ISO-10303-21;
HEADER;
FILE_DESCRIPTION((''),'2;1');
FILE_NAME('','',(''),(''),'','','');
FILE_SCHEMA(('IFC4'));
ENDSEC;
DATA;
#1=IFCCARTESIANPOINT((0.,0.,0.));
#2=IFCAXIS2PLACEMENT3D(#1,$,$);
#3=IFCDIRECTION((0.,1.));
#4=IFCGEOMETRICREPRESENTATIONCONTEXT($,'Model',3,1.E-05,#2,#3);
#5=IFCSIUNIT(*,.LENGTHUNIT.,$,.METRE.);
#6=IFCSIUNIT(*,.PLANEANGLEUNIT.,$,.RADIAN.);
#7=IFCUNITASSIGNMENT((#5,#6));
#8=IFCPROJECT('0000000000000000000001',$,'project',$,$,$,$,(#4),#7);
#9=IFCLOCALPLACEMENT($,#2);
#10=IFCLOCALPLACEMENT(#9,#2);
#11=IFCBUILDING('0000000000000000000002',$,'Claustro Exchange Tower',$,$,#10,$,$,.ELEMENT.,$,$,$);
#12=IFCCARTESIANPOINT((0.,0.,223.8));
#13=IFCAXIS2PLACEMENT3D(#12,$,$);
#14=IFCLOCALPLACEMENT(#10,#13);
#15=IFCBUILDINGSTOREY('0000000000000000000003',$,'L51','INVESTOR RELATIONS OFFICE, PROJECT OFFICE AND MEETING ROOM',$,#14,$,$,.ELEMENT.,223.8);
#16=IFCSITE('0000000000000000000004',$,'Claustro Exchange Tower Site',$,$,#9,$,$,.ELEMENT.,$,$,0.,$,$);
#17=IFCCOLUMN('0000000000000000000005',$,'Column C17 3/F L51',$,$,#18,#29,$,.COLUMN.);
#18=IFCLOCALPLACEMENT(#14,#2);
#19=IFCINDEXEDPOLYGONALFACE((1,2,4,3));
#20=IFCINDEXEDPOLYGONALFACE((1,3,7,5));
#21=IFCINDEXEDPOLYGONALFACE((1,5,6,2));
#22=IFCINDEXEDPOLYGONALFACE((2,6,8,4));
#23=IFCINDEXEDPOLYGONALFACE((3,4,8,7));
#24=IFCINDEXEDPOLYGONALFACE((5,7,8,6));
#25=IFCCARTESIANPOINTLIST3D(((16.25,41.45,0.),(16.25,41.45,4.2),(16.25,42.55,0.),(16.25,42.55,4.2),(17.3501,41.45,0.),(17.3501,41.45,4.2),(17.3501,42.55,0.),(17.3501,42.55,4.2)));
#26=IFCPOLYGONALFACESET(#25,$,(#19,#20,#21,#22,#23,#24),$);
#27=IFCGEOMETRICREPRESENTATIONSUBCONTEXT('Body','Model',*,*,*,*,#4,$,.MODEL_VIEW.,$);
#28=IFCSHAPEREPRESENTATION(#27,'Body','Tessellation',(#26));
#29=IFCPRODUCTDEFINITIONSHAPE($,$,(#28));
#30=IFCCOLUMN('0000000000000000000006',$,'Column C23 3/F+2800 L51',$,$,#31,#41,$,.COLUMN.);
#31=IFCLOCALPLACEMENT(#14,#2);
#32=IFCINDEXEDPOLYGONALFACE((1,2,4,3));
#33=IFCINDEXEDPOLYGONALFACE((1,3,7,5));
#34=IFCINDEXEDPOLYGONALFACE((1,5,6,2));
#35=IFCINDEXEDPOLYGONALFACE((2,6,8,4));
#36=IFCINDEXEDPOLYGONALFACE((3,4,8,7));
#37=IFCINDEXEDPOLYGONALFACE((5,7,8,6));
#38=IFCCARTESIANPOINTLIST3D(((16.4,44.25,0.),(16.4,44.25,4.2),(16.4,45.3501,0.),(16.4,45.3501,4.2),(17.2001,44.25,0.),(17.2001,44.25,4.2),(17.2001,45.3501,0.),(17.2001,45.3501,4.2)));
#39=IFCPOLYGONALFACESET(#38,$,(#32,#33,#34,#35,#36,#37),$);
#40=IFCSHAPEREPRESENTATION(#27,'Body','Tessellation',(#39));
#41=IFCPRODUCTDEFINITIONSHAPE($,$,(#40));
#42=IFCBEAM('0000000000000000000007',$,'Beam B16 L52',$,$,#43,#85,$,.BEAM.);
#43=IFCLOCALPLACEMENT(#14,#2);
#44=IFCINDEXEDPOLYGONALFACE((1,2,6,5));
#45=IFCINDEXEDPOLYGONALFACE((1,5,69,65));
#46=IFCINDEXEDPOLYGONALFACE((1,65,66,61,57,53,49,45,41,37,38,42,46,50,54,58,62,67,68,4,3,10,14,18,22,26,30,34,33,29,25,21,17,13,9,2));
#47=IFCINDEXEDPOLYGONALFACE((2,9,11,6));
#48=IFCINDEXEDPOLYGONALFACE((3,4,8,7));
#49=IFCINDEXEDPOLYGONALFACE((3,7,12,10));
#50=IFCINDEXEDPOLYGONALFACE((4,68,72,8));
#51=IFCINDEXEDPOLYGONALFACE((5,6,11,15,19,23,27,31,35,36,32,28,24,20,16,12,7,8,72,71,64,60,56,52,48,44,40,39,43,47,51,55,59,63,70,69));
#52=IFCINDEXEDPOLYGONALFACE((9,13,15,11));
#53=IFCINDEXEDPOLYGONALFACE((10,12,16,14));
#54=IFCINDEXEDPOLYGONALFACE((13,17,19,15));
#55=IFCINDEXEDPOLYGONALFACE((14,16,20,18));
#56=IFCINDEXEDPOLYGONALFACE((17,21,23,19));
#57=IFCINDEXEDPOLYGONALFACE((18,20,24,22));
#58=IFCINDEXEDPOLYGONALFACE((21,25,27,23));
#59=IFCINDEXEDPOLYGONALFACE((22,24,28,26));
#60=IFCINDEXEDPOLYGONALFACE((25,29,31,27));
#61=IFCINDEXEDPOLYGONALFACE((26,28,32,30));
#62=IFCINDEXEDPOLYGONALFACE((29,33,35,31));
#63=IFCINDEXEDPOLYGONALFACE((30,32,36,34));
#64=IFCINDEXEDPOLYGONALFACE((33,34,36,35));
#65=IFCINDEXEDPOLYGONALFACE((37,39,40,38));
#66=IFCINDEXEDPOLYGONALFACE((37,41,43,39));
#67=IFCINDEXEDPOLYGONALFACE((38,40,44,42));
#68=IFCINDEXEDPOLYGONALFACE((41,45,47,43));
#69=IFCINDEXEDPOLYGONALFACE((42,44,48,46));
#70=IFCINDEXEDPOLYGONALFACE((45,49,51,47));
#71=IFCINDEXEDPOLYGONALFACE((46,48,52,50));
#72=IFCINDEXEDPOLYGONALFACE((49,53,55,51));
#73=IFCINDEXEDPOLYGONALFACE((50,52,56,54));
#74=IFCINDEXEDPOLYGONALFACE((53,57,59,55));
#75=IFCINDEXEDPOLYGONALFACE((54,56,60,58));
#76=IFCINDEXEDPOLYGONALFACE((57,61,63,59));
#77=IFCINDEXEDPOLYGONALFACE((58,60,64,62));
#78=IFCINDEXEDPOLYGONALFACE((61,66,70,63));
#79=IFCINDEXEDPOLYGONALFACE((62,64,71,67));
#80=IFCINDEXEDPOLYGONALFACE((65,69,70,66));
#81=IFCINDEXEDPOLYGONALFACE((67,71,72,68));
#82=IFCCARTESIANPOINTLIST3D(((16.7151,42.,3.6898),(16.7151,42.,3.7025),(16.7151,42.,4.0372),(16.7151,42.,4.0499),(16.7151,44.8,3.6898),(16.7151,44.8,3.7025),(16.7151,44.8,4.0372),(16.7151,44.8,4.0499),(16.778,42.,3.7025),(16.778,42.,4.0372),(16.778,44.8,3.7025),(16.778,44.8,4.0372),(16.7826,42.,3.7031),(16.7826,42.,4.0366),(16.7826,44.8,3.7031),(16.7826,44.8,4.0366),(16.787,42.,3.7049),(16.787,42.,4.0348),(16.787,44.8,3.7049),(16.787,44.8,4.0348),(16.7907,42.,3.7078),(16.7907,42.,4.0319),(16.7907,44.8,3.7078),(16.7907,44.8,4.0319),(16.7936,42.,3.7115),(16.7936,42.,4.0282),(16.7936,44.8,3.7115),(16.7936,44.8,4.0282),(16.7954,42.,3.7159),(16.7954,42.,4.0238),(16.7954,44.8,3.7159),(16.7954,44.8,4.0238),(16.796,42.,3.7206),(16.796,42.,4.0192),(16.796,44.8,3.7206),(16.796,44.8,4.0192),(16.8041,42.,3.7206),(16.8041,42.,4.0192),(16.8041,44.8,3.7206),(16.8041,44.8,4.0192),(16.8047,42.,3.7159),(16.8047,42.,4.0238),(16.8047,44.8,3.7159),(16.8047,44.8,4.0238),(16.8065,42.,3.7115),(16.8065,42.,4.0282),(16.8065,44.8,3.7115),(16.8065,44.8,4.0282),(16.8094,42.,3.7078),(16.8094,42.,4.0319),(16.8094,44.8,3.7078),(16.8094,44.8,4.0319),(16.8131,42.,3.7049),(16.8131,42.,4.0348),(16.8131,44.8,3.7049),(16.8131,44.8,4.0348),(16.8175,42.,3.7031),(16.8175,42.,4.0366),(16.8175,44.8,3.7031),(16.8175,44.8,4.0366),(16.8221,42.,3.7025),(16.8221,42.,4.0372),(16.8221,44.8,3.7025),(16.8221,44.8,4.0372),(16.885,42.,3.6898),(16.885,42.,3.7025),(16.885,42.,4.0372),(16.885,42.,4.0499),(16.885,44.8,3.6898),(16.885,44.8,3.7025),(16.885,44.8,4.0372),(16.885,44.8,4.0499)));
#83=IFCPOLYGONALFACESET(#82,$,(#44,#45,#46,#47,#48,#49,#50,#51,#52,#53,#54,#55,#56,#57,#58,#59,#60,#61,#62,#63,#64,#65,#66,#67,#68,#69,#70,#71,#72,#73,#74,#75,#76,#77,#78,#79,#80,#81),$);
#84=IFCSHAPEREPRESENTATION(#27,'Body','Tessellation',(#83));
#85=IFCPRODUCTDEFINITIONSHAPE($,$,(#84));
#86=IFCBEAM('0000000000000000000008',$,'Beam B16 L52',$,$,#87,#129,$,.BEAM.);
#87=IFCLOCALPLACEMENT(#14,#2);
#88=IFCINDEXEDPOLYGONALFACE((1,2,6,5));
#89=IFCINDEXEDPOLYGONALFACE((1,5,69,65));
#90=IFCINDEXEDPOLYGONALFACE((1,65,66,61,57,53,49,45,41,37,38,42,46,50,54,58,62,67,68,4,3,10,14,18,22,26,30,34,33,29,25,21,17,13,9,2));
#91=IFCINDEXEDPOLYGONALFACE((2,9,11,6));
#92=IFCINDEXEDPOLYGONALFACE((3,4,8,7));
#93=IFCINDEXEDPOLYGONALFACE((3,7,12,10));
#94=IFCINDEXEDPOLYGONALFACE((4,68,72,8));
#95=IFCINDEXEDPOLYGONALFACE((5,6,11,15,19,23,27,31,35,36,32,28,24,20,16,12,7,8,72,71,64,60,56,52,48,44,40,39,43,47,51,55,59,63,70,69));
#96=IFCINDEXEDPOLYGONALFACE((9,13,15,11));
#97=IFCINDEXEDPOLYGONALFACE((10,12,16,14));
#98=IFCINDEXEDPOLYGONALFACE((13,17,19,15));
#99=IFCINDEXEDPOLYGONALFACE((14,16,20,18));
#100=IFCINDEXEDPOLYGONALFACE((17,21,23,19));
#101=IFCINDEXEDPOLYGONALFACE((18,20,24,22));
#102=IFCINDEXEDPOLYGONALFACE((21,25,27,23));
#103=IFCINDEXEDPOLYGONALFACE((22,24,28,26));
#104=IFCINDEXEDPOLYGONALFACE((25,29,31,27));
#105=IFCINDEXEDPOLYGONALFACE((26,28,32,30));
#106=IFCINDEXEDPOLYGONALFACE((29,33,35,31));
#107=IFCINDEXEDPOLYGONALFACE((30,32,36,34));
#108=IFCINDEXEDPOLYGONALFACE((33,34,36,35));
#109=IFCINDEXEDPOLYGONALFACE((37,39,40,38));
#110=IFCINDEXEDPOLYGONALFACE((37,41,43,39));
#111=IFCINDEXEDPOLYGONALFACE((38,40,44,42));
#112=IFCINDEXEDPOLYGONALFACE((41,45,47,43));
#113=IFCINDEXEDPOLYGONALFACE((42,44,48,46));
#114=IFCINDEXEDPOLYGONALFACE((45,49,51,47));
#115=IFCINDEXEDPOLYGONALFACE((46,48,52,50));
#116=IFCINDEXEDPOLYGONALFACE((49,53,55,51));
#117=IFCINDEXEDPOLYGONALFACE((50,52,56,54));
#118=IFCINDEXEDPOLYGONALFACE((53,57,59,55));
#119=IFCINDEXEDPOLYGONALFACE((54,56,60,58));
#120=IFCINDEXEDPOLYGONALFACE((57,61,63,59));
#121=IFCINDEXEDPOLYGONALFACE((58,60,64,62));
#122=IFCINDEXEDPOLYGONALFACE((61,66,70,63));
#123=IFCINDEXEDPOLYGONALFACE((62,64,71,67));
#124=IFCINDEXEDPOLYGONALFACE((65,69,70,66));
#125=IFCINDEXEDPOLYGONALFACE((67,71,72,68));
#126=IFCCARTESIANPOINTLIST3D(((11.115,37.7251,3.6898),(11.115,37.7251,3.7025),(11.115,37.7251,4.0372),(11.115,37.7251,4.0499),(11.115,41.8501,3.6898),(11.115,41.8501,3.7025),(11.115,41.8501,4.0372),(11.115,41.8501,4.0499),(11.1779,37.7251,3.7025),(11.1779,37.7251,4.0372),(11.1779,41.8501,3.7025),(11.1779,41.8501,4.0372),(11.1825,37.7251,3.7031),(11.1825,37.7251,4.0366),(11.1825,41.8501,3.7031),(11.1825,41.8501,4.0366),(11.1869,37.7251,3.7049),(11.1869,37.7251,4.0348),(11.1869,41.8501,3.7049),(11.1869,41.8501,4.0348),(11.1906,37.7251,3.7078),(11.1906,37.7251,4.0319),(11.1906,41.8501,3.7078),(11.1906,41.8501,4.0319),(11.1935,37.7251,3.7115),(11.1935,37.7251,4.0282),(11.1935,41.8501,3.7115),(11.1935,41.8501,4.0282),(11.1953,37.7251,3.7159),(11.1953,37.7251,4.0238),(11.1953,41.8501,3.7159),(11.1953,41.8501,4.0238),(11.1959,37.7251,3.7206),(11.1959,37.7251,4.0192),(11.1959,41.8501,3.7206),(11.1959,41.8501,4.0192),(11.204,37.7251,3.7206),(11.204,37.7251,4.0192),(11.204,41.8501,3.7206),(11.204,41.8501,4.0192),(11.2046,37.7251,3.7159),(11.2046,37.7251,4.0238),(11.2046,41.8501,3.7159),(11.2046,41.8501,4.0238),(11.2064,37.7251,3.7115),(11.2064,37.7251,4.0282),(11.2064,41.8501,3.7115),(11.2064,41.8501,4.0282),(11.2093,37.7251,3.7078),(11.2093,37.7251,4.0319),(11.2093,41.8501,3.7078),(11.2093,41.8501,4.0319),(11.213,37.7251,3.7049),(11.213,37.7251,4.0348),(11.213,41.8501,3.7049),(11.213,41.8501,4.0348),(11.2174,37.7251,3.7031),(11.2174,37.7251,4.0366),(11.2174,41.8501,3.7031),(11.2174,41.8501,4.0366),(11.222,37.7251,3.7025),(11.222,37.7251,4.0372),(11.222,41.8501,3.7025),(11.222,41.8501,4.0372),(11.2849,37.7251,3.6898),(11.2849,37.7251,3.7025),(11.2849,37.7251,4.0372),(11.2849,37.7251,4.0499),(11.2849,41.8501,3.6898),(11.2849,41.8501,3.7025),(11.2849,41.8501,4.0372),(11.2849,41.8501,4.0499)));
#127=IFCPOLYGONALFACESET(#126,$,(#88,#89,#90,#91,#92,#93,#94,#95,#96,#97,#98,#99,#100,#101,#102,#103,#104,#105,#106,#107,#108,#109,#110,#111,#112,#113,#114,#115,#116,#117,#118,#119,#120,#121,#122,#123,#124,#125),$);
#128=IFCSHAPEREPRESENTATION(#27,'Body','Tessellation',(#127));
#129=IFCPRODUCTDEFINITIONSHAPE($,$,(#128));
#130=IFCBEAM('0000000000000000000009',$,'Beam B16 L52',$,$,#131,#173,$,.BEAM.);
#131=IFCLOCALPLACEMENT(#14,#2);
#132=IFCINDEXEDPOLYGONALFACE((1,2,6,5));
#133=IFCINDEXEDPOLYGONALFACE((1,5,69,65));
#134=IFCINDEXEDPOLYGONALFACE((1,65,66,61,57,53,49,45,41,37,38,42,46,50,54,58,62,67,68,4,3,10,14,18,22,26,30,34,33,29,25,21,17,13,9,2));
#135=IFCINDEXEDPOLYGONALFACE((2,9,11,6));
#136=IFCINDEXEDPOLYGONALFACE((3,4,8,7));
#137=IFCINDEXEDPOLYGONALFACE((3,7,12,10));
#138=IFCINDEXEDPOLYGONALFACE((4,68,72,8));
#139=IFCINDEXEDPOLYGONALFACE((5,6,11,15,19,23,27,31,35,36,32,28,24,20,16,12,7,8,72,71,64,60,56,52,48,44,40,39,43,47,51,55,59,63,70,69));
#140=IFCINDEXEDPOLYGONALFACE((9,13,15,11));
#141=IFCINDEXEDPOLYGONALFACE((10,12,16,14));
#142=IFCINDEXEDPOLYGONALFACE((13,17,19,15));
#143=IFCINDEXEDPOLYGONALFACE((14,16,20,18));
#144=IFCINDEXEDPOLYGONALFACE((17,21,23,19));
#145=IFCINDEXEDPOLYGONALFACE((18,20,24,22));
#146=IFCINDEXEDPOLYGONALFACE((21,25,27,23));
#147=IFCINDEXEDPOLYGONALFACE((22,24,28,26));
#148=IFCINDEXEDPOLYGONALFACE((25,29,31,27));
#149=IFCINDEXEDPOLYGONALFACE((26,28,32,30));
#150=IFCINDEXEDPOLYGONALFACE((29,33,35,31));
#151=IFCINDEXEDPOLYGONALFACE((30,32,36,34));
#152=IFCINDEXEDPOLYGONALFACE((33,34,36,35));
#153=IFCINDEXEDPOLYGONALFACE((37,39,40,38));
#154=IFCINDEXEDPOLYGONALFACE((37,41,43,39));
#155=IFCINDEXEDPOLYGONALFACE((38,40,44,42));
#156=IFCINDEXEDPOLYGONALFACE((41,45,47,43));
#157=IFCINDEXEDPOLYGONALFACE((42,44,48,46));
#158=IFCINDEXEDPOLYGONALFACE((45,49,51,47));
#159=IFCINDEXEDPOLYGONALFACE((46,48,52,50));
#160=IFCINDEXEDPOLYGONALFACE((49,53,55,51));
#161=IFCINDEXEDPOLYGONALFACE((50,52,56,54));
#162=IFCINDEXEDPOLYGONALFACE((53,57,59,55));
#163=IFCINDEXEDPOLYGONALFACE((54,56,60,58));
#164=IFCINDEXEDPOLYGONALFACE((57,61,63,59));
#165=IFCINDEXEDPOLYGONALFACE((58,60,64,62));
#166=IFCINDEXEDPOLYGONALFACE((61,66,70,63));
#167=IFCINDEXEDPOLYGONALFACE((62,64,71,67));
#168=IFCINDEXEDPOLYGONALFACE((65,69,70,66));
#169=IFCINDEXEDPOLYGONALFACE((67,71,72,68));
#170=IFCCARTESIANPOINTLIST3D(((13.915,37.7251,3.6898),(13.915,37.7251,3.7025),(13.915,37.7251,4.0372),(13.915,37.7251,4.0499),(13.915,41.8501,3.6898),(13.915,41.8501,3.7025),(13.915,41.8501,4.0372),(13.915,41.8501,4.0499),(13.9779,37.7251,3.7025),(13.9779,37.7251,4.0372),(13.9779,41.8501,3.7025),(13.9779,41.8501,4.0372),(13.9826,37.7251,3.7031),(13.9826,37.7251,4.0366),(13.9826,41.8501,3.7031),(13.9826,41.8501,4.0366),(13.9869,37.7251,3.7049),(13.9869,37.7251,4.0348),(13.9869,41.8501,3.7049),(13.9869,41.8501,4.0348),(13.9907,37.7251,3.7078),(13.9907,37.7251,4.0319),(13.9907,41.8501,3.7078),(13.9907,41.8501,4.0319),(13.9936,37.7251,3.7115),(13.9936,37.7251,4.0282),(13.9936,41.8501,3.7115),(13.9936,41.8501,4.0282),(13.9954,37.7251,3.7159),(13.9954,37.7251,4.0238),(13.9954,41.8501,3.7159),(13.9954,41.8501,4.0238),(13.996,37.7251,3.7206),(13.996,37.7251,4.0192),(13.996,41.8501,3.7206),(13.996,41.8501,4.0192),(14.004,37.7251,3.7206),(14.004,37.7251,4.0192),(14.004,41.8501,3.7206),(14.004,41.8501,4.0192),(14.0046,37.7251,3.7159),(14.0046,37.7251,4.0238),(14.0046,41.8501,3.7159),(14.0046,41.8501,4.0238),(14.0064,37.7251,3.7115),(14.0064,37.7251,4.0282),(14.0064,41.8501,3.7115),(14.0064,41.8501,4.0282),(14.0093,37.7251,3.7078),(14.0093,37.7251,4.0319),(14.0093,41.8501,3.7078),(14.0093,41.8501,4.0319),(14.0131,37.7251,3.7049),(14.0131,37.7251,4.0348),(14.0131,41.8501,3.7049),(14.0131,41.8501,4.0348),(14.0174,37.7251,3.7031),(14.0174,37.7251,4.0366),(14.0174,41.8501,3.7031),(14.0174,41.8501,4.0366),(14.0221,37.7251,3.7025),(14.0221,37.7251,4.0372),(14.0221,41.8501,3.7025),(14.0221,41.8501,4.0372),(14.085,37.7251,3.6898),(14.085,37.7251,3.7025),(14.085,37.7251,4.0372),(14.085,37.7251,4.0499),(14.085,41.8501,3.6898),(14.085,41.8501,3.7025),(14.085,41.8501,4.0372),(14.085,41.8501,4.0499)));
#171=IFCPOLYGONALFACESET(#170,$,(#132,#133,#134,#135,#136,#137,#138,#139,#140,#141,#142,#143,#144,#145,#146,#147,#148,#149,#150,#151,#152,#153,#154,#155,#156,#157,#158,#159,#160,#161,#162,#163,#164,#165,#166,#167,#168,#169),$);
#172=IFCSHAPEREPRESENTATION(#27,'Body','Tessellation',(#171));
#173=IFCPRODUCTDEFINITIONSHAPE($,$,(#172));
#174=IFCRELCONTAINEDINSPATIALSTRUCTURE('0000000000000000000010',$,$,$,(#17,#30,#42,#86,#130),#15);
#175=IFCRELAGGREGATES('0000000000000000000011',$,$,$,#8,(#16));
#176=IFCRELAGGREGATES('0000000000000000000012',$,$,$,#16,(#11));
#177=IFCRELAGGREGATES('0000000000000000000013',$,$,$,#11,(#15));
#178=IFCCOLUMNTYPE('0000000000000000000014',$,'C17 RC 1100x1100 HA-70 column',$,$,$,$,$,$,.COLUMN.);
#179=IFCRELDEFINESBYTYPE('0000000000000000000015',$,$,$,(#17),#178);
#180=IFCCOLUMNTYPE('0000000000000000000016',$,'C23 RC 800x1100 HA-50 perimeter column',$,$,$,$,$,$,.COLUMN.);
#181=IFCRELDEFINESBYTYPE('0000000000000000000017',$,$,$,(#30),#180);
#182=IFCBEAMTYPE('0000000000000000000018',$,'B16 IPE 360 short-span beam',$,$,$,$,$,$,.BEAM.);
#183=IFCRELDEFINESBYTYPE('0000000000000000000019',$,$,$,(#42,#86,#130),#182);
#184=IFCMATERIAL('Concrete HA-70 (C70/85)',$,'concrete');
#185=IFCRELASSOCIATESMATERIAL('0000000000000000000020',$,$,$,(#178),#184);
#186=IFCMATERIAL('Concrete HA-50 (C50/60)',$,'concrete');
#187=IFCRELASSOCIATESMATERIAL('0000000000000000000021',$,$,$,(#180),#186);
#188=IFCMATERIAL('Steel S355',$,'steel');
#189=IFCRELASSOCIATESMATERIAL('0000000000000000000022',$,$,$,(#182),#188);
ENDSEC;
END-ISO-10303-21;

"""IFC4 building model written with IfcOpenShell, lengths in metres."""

from ifc_helpers import new_model, si_unit, direction, frame, origin, origin_2d, place, context, subcontext, project, spatial, rectangle, i_section, extrude, material, material_profile, profile_set, type_object, element, save


model = new_model("IFC4")

# Units and contexts
model_context = context("Model", 3, precision=1e-05, world=origin(), true_north=direction((0.0, 1.0)))
body_context = subcontext(model_context, "Body", "Model", "MODEL_VIEW")
ifc_project = project(units=[si_unit("LENGTHUNIT", "METRE"), si_unit("PLANEANGLEUNIT", "RADIAN")], contexts=[model_context])

# Site, building, storey
site_placement = place(None, origin())
site = spatial("IfcSite", under=ifc_project, at=site_placement, Name="Claustro Exchange Tower Site", CompositionType="ELEMENT", RefElevation=0.0)
building_placement = place(site_placement, origin())
building = spatial("IfcBuilding", under=site, at=building_placement, Name="Claustro Exchange Tower", CompositionType="ELEMENT")
storey_placement = place(building_placement, frame((0.0, 0.0, 223.8)))
storey = spatial("IfcBuildingStorey", under=building, at=storey_placement, Name="L51", Description="INVESTOR RELATIONS OFFICE, PROJECT OFFICE AND MEETING ROOM", CompositionType="ELEMENT", Elevation=223.8)

# Columns
ifc_material_1 = material(Name="Concrete HA-70 (C70/85)", Category="concrete")
ifc_material_profile_1 = material_profile(ifc_material_1, rectangle(XDim=1.1001, YDim=1.1001, at=origin_2d()), Name="RC 1100x1100")
ifc_profile_set_1 = profile_set([ifc_material_profile_1], Name="Concrete HA-70 (C70/85)")
column_type_1 = type_object("IfcColumnType", Name="C17 RC 1100x1100 HA-70 column", PredefinedType="COLUMN", material=ifc_profile_set_1)
column_1_placement = place(storey_placement, frame((16.8, 42.0, 0.0), z_axis=(0.0, 0.0, 1.0), x_axis=(1.0, 0.0, 0.0)))
element("IfcColumn", 1, at=column_1_placement, inside=storey, type_object=column_type_1, Name="Column C17 3/F L51", PredefinedType="COLUMN", context=body_context, shape_type="SweptSolid", body=[
    extrude(rectangle(XDim=1.1001, YDim=1.1001, at=origin_2d()), origin(), (0.0, 0.0, 1.0), 4.2),
])
ifc_material_2 = material(Name="Concrete HA-50 (C50/60)", Category="concrete")
ifc_material_profile_2 = material_profile(ifc_material_2, rectangle(XDim=0.8, YDim=1.1001, at=origin_2d()), Name="RC 800x1100")
ifc_profile_set_2 = profile_set([ifc_material_profile_2], Name="Concrete HA-50 (C50/60)")
column_type_2 = type_object("IfcColumnType", Name="C23 RC 800x1100 HA-50 perimeter column", PredefinedType="COLUMN", material=ifc_profile_set_2)
column_2_placement = place(storey_placement, frame((16.8, 44.8, 0.0), z_axis=(0.0, 0.0, 1.0), x_axis=(1.0, 0.0, 0.0)))
element("IfcColumn", 2, at=column_2_placement, inside=storey, type_object=column_type_2, Name="Column C23 3/F+2800 L51", PredefinedType="COLUMN", context=body_context, shape_type="SweptSolid", body=[
    extrude(rectangle(XDim=0.8, YDim=1.1001, at=origin_2d()), origin(), (0.0, 0.0, 1.0), 4.2),
])

# Beams
ifc_material_3 = material(Name="Steel S355", Category="steel")
ifc_material_profile_3 = material_profile(ifc_material_3, i_section(OverallWidth=0.1699, OverallDepth=0.3601, WebThickness=0.0081, FlangeThickness=0.0127, FilletRadius=0.0181, at=origin_2d()), Name="IPE 360")
ifc_profile_set_3 = profile_set([ifc_material_profile_3], Name="Steel S355")
beam_type_1 = type_object("IfcBeamType", Name="B16 IPE 360 short-span beam", PredefinedType="BEAM", material=ifc_profile_set_3)
beam_1_placement = place(storey_placement, frame((16.8, 42.0, 3.8699), z_axis=(0.0, 1.0, 0.0), x_axis=(-1.0, 0.0, 0.0)))
element("IfcBeam", 3, at=beam_1_placement, inside=storey, type_object=beam_type_1, Name="Beam B16 L52", PredefinedType="BEAM", context=body_context, shape_type="SweptSolid", body=[
    extrude(i_section(OverallWidth=0.1699, OverallDepth=0.3601, WebThickness=0.0081, FlangeThickness=0.0127, FilletRadius=0.0181, at=origin_2d()), origin(), (0.0, 0.0, 1.0), 2.8),
])
for number, where, z_axis, x_axis, name in (
    (4, (11.2, 37.7251, 3.8699), (0.0, 1.0, 0.0), (-1.0, 0.0, 0.0), "Beam B16 L52"),
    (5, (14.0, 37.7251, 3.8699), (0.0, 1.0, 0.0), (-1.0, 0.0, 0.0), "Beam B16 L52"),
):
    element("IfcBeam", number, at=place(storey_placement, frame(where, z_axis=z_axis, x_axis=x_axis)), inside=storey, type_object=beam_type_1, Name=name, PredefinedType="BEAM", context=body_context, shape_type="SweptSolid", body=[
        extrude(i_section(OverallWidth=0.1699, OverallDepth=0.3601, WebThickness=0.0081, FlangeThickness=0.0127, FilletRadius=0.0181, at=origin_2d()), origin(), (0.0, 0.0, 1.0), 4.125),
    ])

save(model, "model.ifc")
